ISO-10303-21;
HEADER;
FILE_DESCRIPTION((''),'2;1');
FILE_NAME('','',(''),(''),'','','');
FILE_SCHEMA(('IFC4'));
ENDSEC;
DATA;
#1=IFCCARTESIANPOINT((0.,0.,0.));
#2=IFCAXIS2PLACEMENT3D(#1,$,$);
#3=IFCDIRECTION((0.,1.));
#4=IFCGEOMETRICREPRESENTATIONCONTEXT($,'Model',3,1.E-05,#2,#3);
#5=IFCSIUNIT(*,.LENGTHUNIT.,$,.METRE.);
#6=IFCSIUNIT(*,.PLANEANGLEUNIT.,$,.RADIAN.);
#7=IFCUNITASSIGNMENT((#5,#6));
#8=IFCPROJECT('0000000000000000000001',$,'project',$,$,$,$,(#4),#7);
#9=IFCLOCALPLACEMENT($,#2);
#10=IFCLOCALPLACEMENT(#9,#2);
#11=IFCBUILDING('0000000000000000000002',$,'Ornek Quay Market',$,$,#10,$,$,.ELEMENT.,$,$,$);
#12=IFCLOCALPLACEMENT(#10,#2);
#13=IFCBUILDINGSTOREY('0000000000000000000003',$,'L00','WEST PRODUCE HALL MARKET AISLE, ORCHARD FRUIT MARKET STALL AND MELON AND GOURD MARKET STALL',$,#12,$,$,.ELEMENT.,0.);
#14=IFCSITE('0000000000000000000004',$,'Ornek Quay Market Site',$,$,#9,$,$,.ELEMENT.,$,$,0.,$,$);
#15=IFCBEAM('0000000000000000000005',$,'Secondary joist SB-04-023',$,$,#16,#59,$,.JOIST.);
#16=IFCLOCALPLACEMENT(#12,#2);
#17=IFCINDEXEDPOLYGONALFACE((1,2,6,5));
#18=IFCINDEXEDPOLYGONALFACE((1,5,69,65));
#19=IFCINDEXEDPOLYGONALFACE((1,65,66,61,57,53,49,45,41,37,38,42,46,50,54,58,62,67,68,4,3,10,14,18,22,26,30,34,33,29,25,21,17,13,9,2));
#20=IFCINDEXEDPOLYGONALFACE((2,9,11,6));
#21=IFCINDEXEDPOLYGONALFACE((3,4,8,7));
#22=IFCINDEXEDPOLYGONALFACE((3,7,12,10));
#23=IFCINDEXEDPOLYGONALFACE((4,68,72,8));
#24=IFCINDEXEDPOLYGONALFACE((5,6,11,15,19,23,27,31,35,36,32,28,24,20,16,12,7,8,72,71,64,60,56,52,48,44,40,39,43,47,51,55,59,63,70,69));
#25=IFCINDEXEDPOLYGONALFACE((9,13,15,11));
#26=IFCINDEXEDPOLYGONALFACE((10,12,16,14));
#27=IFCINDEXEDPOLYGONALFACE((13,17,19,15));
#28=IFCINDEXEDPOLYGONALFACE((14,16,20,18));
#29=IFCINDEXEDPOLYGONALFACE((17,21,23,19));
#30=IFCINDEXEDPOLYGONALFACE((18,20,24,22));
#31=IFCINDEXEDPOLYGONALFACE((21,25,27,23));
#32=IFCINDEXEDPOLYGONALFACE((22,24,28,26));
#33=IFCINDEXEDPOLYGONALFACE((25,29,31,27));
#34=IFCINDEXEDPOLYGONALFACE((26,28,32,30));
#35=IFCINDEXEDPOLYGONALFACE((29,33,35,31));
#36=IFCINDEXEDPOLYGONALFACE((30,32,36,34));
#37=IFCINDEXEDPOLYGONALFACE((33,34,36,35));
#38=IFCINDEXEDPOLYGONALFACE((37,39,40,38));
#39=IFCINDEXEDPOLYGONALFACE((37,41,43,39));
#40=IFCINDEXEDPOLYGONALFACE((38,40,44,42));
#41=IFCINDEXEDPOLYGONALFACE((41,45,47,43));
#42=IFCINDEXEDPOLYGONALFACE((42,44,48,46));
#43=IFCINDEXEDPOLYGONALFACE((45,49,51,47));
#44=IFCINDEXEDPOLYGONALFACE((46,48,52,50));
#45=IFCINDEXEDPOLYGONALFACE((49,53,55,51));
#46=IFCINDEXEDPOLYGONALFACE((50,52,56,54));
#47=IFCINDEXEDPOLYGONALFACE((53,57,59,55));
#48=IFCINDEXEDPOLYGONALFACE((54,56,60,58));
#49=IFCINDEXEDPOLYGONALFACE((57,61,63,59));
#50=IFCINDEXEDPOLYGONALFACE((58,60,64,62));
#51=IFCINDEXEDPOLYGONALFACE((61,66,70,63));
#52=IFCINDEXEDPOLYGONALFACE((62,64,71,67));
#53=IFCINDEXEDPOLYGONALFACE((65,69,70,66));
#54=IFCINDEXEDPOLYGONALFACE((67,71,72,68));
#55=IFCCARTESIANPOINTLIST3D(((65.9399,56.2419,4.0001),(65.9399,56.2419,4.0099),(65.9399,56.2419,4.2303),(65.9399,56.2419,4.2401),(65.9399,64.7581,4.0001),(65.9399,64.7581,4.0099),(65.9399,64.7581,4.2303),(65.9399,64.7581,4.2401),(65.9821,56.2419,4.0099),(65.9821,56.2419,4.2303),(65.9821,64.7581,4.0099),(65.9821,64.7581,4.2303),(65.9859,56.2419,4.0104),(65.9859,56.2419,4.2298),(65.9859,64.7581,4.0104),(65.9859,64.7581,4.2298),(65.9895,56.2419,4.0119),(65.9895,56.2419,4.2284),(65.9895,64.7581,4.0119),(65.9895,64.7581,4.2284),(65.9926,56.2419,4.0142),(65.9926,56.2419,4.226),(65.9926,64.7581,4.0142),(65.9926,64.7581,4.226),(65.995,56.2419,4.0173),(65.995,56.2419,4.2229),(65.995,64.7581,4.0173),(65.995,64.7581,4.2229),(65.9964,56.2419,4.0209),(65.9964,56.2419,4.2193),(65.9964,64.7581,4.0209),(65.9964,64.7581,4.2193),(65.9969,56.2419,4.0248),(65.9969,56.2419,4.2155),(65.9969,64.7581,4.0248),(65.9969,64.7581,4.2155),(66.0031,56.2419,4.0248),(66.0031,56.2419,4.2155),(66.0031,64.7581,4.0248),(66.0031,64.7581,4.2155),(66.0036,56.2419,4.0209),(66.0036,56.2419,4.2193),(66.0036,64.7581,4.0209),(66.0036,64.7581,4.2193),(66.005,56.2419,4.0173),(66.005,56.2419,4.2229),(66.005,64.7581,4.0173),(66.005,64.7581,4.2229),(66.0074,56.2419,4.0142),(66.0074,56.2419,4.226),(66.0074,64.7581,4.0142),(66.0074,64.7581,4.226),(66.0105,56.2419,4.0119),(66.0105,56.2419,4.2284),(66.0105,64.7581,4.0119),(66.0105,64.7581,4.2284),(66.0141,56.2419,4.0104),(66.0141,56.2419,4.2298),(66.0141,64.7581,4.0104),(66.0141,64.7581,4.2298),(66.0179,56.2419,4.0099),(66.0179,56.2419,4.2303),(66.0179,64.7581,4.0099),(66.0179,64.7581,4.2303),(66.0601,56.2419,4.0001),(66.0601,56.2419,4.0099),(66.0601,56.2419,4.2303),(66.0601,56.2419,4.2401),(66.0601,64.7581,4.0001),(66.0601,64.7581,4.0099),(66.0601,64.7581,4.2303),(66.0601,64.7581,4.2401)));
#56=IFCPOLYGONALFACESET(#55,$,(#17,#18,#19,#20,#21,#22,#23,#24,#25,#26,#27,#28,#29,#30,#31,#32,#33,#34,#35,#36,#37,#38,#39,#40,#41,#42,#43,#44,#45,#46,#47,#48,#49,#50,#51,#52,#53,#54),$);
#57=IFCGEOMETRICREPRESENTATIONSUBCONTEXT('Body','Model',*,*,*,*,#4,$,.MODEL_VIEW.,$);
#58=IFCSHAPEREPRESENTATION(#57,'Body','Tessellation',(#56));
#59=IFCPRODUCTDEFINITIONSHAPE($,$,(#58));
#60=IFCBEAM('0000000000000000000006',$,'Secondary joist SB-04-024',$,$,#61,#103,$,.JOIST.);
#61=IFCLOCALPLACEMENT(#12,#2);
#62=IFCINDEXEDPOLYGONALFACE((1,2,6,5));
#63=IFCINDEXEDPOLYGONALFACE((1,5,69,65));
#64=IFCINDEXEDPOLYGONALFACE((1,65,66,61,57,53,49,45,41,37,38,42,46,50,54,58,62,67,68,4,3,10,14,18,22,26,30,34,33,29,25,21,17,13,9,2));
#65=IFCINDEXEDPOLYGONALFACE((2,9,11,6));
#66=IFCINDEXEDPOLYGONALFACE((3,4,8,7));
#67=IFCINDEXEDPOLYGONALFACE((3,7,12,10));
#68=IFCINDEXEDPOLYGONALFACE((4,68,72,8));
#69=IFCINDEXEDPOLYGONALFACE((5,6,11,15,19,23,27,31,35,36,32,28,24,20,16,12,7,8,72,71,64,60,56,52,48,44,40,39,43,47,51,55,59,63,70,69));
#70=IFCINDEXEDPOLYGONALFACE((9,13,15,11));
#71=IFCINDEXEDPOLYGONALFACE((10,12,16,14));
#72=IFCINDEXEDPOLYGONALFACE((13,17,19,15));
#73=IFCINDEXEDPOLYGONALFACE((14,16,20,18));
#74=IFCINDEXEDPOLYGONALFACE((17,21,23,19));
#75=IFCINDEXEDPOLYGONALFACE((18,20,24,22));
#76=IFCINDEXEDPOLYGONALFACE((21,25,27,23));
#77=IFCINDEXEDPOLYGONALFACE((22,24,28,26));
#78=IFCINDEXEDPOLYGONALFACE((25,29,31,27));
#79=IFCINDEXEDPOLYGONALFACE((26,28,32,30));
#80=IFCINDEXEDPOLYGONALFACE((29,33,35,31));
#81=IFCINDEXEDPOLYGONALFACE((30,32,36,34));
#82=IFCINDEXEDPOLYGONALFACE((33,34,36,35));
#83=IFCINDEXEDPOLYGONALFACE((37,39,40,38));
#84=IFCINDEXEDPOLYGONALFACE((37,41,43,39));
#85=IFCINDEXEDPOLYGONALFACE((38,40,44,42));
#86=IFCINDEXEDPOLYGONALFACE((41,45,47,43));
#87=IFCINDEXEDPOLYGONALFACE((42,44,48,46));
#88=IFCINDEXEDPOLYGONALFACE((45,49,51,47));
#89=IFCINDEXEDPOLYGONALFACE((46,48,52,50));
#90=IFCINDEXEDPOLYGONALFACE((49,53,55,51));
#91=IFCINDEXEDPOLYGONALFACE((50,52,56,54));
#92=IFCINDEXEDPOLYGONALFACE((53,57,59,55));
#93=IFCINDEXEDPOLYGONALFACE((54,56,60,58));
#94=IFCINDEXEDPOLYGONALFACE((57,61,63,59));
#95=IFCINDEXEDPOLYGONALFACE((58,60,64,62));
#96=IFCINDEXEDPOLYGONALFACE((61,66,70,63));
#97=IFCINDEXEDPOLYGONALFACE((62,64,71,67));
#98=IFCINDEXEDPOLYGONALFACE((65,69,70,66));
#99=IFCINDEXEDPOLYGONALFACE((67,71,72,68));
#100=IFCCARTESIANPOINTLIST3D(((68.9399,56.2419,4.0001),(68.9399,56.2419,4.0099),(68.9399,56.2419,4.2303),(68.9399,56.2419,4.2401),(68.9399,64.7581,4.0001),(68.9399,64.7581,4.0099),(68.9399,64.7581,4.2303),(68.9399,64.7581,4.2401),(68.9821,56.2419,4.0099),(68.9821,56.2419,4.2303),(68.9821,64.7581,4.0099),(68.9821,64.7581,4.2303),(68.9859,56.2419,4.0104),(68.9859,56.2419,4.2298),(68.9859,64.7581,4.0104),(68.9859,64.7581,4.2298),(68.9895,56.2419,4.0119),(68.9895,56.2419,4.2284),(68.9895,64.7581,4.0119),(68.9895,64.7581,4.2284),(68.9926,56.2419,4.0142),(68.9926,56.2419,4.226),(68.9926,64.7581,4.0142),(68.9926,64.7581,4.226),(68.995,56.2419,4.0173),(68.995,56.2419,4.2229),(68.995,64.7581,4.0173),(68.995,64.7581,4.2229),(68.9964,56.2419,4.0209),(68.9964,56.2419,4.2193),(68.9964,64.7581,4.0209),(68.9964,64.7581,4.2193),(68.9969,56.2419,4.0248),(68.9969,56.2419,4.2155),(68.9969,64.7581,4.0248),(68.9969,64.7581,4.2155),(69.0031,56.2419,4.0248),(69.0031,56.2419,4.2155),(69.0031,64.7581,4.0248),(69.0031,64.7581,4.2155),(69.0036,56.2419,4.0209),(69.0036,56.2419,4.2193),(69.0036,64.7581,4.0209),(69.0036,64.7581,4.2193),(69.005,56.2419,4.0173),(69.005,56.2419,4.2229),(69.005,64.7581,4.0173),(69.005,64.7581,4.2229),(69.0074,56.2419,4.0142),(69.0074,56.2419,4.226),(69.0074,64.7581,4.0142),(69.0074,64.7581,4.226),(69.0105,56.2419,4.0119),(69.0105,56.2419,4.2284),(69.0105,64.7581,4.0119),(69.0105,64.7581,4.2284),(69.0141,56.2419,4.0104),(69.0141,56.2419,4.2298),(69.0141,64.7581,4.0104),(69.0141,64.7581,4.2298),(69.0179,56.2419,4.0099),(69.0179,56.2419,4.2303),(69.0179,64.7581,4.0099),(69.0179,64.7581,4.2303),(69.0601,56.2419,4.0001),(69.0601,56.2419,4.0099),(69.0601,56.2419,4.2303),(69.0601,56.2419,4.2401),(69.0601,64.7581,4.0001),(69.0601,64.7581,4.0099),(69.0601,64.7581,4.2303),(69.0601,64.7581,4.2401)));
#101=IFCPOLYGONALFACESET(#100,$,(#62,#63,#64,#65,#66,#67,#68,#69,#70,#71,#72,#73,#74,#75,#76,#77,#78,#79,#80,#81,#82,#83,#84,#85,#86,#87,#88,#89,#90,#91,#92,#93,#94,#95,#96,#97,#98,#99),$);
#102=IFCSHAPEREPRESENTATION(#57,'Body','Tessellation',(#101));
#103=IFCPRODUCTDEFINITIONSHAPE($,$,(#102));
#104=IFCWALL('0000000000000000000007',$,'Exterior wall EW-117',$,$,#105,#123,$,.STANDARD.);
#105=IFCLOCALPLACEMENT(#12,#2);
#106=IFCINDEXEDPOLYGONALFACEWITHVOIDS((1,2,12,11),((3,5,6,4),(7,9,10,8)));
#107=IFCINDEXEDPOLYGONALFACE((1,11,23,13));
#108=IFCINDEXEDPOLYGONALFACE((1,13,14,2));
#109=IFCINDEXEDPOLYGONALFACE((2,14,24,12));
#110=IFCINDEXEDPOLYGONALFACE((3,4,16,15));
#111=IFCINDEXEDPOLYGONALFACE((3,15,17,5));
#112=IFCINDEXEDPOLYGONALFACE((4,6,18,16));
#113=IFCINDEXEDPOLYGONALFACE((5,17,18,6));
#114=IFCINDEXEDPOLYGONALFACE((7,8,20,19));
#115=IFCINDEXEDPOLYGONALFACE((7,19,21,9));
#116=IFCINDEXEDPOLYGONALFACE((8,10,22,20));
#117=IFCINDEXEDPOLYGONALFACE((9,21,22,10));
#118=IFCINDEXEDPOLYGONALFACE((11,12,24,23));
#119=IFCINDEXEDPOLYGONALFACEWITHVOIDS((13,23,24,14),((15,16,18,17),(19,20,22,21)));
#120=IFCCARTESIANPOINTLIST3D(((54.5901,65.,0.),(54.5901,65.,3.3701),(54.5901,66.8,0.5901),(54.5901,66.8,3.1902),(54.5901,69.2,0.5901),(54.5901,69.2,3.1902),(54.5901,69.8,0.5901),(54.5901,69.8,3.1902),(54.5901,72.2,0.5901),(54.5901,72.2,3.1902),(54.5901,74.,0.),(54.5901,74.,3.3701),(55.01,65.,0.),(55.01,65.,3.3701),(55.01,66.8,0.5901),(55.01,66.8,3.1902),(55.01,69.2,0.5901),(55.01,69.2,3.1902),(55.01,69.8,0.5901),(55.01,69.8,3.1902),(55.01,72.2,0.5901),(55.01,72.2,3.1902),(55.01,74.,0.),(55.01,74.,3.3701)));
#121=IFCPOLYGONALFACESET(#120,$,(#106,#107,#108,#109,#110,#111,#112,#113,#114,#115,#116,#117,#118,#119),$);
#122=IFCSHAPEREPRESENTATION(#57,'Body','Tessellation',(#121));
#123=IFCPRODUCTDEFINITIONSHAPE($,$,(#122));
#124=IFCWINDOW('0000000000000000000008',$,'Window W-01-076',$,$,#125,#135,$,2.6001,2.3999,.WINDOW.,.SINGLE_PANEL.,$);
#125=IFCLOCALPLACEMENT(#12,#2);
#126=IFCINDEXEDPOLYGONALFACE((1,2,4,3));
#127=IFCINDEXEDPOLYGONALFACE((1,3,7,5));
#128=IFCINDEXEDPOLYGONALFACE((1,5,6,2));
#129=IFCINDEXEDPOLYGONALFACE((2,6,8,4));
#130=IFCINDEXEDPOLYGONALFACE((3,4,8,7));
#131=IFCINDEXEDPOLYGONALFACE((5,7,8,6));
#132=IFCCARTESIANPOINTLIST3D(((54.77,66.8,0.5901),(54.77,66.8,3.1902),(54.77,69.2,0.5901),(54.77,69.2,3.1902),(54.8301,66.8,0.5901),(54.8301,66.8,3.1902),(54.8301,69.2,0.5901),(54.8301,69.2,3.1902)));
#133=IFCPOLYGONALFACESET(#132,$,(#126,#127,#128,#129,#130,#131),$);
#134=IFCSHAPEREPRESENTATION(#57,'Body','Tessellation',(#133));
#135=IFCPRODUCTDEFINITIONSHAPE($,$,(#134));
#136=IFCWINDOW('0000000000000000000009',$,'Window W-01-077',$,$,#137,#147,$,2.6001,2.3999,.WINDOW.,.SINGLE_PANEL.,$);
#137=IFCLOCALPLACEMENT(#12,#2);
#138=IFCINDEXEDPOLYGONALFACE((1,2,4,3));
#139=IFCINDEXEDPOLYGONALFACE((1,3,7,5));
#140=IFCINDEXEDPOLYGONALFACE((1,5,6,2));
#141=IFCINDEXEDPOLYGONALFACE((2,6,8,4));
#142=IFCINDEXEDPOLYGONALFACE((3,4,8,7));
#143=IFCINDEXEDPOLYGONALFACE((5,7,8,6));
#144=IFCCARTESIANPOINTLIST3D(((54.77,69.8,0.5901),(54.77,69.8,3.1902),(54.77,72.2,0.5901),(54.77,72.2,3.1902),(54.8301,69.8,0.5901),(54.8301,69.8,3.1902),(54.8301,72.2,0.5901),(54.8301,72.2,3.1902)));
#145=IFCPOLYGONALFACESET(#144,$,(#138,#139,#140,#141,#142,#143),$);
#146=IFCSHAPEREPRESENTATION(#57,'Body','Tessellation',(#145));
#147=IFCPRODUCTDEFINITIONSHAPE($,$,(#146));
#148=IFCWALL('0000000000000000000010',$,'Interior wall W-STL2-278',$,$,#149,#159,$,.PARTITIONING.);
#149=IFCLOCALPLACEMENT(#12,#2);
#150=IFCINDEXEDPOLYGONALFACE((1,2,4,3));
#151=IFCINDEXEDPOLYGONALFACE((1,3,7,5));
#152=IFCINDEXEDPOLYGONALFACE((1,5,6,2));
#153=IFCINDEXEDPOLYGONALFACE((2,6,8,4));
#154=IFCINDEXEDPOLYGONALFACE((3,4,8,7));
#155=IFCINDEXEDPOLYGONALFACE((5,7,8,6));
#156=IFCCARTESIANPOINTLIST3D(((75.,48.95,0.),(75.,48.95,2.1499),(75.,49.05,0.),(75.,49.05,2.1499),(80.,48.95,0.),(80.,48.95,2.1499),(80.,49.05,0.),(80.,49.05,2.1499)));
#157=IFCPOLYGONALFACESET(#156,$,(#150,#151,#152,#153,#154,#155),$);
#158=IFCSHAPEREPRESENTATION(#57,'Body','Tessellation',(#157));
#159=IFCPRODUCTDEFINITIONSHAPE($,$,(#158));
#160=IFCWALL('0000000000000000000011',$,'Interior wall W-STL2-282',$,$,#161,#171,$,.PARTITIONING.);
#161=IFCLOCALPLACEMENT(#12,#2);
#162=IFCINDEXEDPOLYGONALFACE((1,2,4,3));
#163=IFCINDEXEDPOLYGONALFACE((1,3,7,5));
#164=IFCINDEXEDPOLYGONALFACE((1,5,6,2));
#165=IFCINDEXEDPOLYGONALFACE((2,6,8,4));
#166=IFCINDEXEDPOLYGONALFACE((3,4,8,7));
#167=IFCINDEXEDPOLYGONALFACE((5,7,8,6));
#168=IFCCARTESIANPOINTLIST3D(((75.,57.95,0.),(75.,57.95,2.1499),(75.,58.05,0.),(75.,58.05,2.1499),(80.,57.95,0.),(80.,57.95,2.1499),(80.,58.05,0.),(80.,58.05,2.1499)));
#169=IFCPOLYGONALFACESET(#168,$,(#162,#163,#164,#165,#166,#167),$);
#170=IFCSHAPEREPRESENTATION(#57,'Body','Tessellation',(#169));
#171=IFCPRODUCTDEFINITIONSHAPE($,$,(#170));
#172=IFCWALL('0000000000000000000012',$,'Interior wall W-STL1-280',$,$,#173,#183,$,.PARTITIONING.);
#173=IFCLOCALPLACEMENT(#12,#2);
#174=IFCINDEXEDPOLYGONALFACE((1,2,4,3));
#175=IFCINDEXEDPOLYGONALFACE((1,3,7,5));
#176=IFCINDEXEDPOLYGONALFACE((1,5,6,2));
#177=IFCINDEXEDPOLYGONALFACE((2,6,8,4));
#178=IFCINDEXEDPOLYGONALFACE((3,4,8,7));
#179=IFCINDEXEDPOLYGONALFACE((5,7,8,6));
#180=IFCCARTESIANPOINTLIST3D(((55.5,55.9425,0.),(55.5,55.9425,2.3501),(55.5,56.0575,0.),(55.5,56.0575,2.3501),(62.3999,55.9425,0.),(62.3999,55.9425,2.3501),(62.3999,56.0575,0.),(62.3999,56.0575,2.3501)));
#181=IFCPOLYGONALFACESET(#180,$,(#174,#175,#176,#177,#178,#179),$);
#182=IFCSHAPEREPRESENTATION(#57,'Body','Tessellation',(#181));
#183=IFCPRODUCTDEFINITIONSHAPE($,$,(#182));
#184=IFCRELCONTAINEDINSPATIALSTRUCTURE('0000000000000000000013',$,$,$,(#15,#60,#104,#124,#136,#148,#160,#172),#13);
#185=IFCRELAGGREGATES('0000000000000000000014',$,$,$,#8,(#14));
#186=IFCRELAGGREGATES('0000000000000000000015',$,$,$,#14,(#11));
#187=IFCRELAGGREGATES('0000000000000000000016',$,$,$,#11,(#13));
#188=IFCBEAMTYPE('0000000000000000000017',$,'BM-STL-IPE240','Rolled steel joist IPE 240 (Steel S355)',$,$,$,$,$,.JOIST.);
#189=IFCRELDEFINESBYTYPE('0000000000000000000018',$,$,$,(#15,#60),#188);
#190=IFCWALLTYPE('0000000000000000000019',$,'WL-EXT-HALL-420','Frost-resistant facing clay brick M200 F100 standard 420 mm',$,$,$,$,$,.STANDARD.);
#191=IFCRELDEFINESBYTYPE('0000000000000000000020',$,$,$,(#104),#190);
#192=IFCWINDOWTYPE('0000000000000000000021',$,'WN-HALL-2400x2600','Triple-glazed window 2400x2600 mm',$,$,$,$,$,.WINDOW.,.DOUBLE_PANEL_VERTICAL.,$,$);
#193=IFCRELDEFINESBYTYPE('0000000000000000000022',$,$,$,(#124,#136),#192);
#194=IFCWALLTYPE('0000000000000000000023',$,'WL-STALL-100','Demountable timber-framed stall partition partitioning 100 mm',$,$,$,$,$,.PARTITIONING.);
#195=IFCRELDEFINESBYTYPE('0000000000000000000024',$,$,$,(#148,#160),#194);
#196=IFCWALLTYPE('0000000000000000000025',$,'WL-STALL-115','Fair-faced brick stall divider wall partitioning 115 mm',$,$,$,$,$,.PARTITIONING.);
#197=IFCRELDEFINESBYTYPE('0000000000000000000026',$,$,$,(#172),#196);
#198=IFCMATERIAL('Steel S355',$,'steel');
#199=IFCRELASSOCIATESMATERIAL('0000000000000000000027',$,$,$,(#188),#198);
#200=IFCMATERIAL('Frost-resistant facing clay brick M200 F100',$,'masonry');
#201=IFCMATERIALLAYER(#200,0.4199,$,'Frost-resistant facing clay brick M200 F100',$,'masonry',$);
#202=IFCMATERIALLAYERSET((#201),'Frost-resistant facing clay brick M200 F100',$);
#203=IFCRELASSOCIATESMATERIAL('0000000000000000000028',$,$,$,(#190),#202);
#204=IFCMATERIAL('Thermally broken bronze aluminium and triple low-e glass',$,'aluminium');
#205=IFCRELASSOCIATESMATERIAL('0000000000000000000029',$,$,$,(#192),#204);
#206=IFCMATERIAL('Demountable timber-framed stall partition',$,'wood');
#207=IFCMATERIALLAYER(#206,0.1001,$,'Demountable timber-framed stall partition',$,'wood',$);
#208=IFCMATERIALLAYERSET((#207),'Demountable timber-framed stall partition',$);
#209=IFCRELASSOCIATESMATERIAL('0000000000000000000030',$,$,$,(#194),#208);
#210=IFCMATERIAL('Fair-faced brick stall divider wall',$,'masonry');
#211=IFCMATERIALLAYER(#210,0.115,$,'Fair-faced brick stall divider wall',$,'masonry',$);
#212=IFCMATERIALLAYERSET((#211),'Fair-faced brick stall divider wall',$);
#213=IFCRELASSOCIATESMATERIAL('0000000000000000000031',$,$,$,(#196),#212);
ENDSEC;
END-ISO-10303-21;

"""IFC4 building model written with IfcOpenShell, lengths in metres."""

from ifc_helpers import new_model, si_unit, direction, frame, frame_2d, origin, origin_2d, place, context, subcontext, project, spatial, rectangle, i_section, extrude, material, layer, layer_set, material_profile, profile_set, type_object, element, fill, save


model = new_model("IFC4")

# Units and contexts
model_context = context("Model", 3, precision=1e-05, world=origin(), true_north=direction((0.0, 1.0)))
body_context = subcontext(model_context, "Body", "Model", "MODEL_VIEW")
ifc_project = project(units=[si_unit("LENGTHUNIT", "METRE"), si_unit("PLANEANGLEUNIT", "RADIAN")], contexts=[model_context])

# Site, building, storey
site_placement = place(None, origin())
site = spatial("IfcSite", under=ifc_project, at=site_placement, Name="Ornek Quay Market Site", CompositionType="ELEMENT", RefElevation=0.0)
building_placement = place(site_placement, origin())
building = spatial("IfcBuilding", under=site, at=building_placement, Name="Ornek Quay Market", CompositionType="ELEMENT")
storey_placement = place(building_placement, origin())
storey = spatial("IfcBuildingStorey", under=building, at=storey_placement, Name="L00", Description="WEST PRODUCE HALL MARKET AISLE, ORCHARD FRUIT MARKET STALL AND MELON AND GOURD MARKET STALL", CompositionType="ELEMENT", Elevation=0.0)

# Beams
ifc_material_1 = material(Name="Steel S355", Category="steel")
ifc_material_profile_1 = material_profile(ifc_material_1, i_section(OverallWidth=0.1201, OverallDepth=0.24, WebThickness=0.0061, FlangeThickness=0.0098, FilletRadius=0.0149, at=origin_2d()), Name="IPE 240", Category="steel")
ifc_profile_set_1 = profile_set([ifc_material_profile_1], Name="Steel S355")
beam_type_1 = type_object("IfcBeamType", Name="BM-STL-IPE240", Description="Rolled steel joist IPE 240 (Steel S355)", PredefinedType="JOIST", material=ifc_profile_set_1)
for number, where, z_axis, x_axis, name in (
    (1, (66.0, 56.2419, 4.1201), (0.0, 1.0, 0.0), (-1.0, 0.0, 0.0), "Secondary joist SB-04-023"),
    (2, (69.0, 56.2419, 4.1201), (0.0, 1.0, 0.0), (-1.0, 0.0, 0.0), "Secondary joist SB-04-024"),
):
    element("IfcBeam", number, at=place(storey_placement, frame(where, z_axis=z_axis, x_axis=x_axis)), inside=storey, type_object=beam_type_1, Name=name, PredefinedType="JOIST", context=body_context, shape_type="SweptSolid", body=[
        extrude(i_section(OverallWidth=0.1201, OverallDepth=0.24, WebThickness=0.0061, FlangeThickness=0.0098, FilletRadius=0.0149, at=origin_2d()), origin(), (0.0, 0.0, 1.0), 8.5161),
    ])

# Wall, openings, windows
ifc_material_2 = material(Name="Frost-resistant facing clay brick M200 F100", Category="masonry")
ifc_layer_1 = layer(ifc_material_2, 0.4199, Name="Frost-resistant facing clay brick M200 F100", Category="masonry")
ifc_layer_set_1 = layer_set([ifc_layer_1], Name="Frost-resistant facing clay brick M200 F100")
wall_type_1 = type_object("IfcWallType", Name="WL-EXT-HALL-420", Description="Frost-resistant facing clay brick M200 F100 standard 420 mm", PredefinedType="STANDARD", material=ifc_layer_set_1)
wall_placement = place(storey_placement, frame((54.8, 65.0, 0.0), z_axis=(0.0, 0.0, 1.0), x_axis=(0.0, 1.0, 0.0)))
wall = element("IfcWall", 3, at=wall_placement, inside=storey, type_object=wall_type_1, Name="Exterior wall EW-117", PredefinedType="STANDARD", context=body_context, shape_type="SweptSolid", body=[
    extrude(rectangle(XDim=9.0, YDim=0.4199, at=frame_2d((4.5, 0.0))), origin(), (0.0, 0.0, 1.0), 3.3701),
])
opening_1_placement = place(wall_placement, frame((1.8, 0.0, 0.5901)))
opening_1 = element("IfcOpeningElement", 4, at=opening_1_placement, cuts=wall, PredefinedType="OPENING", context=body_context, shape_type="SweptSolid", body=[
    extrude(rectangle(XDim=2.3999, YDim=2.6001, at=frame_2d((1.2, 1.3))), frame((0.0, 0.22, 0.0), z_axis=(0.0, -1.0, 0.0), x_axis=(1.0, 0.0, 0.0)), (0.0, 0.0, 1.0), 0.4399),
])
opening_2_placement = place(wall_placement, frame((4.8, 0.0, 0.5901)))
opening_2 = element("IfcOpeningElement", 5, at=opening_2_placement, cuts=wall, PredefinedType="OPENING", context=body_context, shape_type="SweptSolid", body=[
    extrude(rectangle(XDim=2.3999, YDim=2.6001, at=frame_2d((1.2, 1.3))), frame((0.0, 0.22, 0.0), z_axis=(0.0, -1.0, 0.0), x_axis=(1.0, 0.0, 0.0)), (0.0, 0.0, 1.0), 0.4399),
])
ifc_material_3 = material(Name="Thermally broken bronze aluminium and triple low-e glass", Category="aluminium")
window_type = type_object("IfcWindowType", Name="WN-HALL-2400x2600", Description="Triple-glazed window 2400x2600 mm", PartitioningType="DOUBLE_PANEL_VERTICAL", PredefinedType="WINDOW", material=ifc_material_3)
window_1_placement = place(opening_1_placement, origin())
window_1 = element("IfcWindow", 6, at=window_1_placement, inside=storey, type_object=window_type, Name="Window W-01-076", OverallHeight=2.6001, OverallWidth=2.3999, PartitioningType="SINGLE_PANEL", PredefinedType="WINDOW", context=body_context, shape_type="SweptSolid", body=[
    extrude(rectangle(XDim=2.3999, YDim=2.6001, at=frame_2d((1.2, 1.3))), frame((0.0, 0.03, 0.0), z_axis=(0.0, -1.0, 0.0), x_axis=(1.0, 0.0, 0.0)), (0.0, 0.0, 1.0), 0.0601),
])
fill(opening_1, window_1)
window_2_placement = place(opening_2_placement, origin())
window_2 = element("IfcWindow", 7, at=window_2_placement, inside=storey, type_object=window_type, Name="Window W-01-077", OverallHeight=2.6001, OverallWidth=2.3999, PartitioningType="SINGLE_PANEL", PredefinedType="WINDOW", context=body_context, shape_type="SweptSolid", body=[
    extrude(rectangle(XDim=2.3999, YDim=2.6001, at=frame_2d((1.2, 1.3))), frame((0.0, 0.03, 0.0), z_axis=(0.0, -1.0, 0.0), x_axis=(1.0, 0.0, 0.0)), (0.0, 0.0, 1.0), 0.0601),
])
fill(opening_2, window_2)

# Walls
ifc_material_4 = material(Name="Demountable timber-framed stall partition", Category="wood")
ifc_layer_2 = layer(ifc_material_4, 0.1001, Name="Demountable timber-framed stall partition", Category="wood")
ifc_layer_set_2 = layer_set([ifc_layer_2], Name="Demountable timber-framed stall partition")
wall_type_2 = type_object("IfcWallType", Name="WL-STALL-100", Description="Demountable timber-framed stall partition partitioning 100 mm", PredefinedType="PARTITIONING", material=ifc_layer_set_2)
for number, where, z_axis, x_axis, name in (
    (8, (75.0, 49.0, 0.0), (0.0, 0.0, 1.0), (1.0, 0.0, 0.0), "Interior wall W-STL2-278"),
    (9, (75.0, 58.0, 0.0), (0.0, 0.0, 1.0), (1.0, 0.0, 0.0), "Interior wall W-STL2-282"),
):
    element("IfcWall", number, at=place(storey_placement, frame(where, z_axis=z_axis, x_axis=x_axis)), inside=storey, type_object=wall_type_2, Name=name, PredefinedType="PARTITIONING", context=body_context, shape_type="SweptSolid", body=[
        extrude(rectangle(XDim=5.0, YDim=0.1001, at=frame_2d((2.5, 0.0))), origin(), (0.0, 0.0, 1.0), 2.1499),
    ])
ifc_material_5 = material(Name="Fair-faced brick stall divider wall", Category="masonry")
ifc_layer_3 = layer(ifc_material_5, 0.115, Name="Fair-faced brick stall divider wall", Category="masonry")
ifc_layer_set_3 = layer_set([ifc_layer_3], Name="Fair-faced brick stall divider wall")
wall_type_3 = type_object("IfcWallType", Name="WL-STALL-115", Description="Fair-faced brick stall divider wall partitioning 115 mm", PredefinedType="PARTITIONING", material=ifc_layer_set_3)
for number, where, z_axis, x_axis, name in (
    (10, (55.5, 56.0, 0.0), (0.0, 0.0, 1.0), (1.0, 0.0, 0.0), "Interior wall W-STL1-280"),
):
    element("IfcWall", number, at=place(storey_placement, frame(where, z_axis=z_axis, x_axis=x_axis)), inside=storey, type_object=wall_type_3, Name=name, PredefinedType="PARTITIONING", context=body_context, shape_type="SweptSolid", body=[
        extrude(rectangle(XDim=6.8999, YDim=0.115, at=frame_2d((3.45, 0.0))), origin(), (0.0, 0.0, 1.0), 2.3501),
    ])

save(model, "model.ifc")
